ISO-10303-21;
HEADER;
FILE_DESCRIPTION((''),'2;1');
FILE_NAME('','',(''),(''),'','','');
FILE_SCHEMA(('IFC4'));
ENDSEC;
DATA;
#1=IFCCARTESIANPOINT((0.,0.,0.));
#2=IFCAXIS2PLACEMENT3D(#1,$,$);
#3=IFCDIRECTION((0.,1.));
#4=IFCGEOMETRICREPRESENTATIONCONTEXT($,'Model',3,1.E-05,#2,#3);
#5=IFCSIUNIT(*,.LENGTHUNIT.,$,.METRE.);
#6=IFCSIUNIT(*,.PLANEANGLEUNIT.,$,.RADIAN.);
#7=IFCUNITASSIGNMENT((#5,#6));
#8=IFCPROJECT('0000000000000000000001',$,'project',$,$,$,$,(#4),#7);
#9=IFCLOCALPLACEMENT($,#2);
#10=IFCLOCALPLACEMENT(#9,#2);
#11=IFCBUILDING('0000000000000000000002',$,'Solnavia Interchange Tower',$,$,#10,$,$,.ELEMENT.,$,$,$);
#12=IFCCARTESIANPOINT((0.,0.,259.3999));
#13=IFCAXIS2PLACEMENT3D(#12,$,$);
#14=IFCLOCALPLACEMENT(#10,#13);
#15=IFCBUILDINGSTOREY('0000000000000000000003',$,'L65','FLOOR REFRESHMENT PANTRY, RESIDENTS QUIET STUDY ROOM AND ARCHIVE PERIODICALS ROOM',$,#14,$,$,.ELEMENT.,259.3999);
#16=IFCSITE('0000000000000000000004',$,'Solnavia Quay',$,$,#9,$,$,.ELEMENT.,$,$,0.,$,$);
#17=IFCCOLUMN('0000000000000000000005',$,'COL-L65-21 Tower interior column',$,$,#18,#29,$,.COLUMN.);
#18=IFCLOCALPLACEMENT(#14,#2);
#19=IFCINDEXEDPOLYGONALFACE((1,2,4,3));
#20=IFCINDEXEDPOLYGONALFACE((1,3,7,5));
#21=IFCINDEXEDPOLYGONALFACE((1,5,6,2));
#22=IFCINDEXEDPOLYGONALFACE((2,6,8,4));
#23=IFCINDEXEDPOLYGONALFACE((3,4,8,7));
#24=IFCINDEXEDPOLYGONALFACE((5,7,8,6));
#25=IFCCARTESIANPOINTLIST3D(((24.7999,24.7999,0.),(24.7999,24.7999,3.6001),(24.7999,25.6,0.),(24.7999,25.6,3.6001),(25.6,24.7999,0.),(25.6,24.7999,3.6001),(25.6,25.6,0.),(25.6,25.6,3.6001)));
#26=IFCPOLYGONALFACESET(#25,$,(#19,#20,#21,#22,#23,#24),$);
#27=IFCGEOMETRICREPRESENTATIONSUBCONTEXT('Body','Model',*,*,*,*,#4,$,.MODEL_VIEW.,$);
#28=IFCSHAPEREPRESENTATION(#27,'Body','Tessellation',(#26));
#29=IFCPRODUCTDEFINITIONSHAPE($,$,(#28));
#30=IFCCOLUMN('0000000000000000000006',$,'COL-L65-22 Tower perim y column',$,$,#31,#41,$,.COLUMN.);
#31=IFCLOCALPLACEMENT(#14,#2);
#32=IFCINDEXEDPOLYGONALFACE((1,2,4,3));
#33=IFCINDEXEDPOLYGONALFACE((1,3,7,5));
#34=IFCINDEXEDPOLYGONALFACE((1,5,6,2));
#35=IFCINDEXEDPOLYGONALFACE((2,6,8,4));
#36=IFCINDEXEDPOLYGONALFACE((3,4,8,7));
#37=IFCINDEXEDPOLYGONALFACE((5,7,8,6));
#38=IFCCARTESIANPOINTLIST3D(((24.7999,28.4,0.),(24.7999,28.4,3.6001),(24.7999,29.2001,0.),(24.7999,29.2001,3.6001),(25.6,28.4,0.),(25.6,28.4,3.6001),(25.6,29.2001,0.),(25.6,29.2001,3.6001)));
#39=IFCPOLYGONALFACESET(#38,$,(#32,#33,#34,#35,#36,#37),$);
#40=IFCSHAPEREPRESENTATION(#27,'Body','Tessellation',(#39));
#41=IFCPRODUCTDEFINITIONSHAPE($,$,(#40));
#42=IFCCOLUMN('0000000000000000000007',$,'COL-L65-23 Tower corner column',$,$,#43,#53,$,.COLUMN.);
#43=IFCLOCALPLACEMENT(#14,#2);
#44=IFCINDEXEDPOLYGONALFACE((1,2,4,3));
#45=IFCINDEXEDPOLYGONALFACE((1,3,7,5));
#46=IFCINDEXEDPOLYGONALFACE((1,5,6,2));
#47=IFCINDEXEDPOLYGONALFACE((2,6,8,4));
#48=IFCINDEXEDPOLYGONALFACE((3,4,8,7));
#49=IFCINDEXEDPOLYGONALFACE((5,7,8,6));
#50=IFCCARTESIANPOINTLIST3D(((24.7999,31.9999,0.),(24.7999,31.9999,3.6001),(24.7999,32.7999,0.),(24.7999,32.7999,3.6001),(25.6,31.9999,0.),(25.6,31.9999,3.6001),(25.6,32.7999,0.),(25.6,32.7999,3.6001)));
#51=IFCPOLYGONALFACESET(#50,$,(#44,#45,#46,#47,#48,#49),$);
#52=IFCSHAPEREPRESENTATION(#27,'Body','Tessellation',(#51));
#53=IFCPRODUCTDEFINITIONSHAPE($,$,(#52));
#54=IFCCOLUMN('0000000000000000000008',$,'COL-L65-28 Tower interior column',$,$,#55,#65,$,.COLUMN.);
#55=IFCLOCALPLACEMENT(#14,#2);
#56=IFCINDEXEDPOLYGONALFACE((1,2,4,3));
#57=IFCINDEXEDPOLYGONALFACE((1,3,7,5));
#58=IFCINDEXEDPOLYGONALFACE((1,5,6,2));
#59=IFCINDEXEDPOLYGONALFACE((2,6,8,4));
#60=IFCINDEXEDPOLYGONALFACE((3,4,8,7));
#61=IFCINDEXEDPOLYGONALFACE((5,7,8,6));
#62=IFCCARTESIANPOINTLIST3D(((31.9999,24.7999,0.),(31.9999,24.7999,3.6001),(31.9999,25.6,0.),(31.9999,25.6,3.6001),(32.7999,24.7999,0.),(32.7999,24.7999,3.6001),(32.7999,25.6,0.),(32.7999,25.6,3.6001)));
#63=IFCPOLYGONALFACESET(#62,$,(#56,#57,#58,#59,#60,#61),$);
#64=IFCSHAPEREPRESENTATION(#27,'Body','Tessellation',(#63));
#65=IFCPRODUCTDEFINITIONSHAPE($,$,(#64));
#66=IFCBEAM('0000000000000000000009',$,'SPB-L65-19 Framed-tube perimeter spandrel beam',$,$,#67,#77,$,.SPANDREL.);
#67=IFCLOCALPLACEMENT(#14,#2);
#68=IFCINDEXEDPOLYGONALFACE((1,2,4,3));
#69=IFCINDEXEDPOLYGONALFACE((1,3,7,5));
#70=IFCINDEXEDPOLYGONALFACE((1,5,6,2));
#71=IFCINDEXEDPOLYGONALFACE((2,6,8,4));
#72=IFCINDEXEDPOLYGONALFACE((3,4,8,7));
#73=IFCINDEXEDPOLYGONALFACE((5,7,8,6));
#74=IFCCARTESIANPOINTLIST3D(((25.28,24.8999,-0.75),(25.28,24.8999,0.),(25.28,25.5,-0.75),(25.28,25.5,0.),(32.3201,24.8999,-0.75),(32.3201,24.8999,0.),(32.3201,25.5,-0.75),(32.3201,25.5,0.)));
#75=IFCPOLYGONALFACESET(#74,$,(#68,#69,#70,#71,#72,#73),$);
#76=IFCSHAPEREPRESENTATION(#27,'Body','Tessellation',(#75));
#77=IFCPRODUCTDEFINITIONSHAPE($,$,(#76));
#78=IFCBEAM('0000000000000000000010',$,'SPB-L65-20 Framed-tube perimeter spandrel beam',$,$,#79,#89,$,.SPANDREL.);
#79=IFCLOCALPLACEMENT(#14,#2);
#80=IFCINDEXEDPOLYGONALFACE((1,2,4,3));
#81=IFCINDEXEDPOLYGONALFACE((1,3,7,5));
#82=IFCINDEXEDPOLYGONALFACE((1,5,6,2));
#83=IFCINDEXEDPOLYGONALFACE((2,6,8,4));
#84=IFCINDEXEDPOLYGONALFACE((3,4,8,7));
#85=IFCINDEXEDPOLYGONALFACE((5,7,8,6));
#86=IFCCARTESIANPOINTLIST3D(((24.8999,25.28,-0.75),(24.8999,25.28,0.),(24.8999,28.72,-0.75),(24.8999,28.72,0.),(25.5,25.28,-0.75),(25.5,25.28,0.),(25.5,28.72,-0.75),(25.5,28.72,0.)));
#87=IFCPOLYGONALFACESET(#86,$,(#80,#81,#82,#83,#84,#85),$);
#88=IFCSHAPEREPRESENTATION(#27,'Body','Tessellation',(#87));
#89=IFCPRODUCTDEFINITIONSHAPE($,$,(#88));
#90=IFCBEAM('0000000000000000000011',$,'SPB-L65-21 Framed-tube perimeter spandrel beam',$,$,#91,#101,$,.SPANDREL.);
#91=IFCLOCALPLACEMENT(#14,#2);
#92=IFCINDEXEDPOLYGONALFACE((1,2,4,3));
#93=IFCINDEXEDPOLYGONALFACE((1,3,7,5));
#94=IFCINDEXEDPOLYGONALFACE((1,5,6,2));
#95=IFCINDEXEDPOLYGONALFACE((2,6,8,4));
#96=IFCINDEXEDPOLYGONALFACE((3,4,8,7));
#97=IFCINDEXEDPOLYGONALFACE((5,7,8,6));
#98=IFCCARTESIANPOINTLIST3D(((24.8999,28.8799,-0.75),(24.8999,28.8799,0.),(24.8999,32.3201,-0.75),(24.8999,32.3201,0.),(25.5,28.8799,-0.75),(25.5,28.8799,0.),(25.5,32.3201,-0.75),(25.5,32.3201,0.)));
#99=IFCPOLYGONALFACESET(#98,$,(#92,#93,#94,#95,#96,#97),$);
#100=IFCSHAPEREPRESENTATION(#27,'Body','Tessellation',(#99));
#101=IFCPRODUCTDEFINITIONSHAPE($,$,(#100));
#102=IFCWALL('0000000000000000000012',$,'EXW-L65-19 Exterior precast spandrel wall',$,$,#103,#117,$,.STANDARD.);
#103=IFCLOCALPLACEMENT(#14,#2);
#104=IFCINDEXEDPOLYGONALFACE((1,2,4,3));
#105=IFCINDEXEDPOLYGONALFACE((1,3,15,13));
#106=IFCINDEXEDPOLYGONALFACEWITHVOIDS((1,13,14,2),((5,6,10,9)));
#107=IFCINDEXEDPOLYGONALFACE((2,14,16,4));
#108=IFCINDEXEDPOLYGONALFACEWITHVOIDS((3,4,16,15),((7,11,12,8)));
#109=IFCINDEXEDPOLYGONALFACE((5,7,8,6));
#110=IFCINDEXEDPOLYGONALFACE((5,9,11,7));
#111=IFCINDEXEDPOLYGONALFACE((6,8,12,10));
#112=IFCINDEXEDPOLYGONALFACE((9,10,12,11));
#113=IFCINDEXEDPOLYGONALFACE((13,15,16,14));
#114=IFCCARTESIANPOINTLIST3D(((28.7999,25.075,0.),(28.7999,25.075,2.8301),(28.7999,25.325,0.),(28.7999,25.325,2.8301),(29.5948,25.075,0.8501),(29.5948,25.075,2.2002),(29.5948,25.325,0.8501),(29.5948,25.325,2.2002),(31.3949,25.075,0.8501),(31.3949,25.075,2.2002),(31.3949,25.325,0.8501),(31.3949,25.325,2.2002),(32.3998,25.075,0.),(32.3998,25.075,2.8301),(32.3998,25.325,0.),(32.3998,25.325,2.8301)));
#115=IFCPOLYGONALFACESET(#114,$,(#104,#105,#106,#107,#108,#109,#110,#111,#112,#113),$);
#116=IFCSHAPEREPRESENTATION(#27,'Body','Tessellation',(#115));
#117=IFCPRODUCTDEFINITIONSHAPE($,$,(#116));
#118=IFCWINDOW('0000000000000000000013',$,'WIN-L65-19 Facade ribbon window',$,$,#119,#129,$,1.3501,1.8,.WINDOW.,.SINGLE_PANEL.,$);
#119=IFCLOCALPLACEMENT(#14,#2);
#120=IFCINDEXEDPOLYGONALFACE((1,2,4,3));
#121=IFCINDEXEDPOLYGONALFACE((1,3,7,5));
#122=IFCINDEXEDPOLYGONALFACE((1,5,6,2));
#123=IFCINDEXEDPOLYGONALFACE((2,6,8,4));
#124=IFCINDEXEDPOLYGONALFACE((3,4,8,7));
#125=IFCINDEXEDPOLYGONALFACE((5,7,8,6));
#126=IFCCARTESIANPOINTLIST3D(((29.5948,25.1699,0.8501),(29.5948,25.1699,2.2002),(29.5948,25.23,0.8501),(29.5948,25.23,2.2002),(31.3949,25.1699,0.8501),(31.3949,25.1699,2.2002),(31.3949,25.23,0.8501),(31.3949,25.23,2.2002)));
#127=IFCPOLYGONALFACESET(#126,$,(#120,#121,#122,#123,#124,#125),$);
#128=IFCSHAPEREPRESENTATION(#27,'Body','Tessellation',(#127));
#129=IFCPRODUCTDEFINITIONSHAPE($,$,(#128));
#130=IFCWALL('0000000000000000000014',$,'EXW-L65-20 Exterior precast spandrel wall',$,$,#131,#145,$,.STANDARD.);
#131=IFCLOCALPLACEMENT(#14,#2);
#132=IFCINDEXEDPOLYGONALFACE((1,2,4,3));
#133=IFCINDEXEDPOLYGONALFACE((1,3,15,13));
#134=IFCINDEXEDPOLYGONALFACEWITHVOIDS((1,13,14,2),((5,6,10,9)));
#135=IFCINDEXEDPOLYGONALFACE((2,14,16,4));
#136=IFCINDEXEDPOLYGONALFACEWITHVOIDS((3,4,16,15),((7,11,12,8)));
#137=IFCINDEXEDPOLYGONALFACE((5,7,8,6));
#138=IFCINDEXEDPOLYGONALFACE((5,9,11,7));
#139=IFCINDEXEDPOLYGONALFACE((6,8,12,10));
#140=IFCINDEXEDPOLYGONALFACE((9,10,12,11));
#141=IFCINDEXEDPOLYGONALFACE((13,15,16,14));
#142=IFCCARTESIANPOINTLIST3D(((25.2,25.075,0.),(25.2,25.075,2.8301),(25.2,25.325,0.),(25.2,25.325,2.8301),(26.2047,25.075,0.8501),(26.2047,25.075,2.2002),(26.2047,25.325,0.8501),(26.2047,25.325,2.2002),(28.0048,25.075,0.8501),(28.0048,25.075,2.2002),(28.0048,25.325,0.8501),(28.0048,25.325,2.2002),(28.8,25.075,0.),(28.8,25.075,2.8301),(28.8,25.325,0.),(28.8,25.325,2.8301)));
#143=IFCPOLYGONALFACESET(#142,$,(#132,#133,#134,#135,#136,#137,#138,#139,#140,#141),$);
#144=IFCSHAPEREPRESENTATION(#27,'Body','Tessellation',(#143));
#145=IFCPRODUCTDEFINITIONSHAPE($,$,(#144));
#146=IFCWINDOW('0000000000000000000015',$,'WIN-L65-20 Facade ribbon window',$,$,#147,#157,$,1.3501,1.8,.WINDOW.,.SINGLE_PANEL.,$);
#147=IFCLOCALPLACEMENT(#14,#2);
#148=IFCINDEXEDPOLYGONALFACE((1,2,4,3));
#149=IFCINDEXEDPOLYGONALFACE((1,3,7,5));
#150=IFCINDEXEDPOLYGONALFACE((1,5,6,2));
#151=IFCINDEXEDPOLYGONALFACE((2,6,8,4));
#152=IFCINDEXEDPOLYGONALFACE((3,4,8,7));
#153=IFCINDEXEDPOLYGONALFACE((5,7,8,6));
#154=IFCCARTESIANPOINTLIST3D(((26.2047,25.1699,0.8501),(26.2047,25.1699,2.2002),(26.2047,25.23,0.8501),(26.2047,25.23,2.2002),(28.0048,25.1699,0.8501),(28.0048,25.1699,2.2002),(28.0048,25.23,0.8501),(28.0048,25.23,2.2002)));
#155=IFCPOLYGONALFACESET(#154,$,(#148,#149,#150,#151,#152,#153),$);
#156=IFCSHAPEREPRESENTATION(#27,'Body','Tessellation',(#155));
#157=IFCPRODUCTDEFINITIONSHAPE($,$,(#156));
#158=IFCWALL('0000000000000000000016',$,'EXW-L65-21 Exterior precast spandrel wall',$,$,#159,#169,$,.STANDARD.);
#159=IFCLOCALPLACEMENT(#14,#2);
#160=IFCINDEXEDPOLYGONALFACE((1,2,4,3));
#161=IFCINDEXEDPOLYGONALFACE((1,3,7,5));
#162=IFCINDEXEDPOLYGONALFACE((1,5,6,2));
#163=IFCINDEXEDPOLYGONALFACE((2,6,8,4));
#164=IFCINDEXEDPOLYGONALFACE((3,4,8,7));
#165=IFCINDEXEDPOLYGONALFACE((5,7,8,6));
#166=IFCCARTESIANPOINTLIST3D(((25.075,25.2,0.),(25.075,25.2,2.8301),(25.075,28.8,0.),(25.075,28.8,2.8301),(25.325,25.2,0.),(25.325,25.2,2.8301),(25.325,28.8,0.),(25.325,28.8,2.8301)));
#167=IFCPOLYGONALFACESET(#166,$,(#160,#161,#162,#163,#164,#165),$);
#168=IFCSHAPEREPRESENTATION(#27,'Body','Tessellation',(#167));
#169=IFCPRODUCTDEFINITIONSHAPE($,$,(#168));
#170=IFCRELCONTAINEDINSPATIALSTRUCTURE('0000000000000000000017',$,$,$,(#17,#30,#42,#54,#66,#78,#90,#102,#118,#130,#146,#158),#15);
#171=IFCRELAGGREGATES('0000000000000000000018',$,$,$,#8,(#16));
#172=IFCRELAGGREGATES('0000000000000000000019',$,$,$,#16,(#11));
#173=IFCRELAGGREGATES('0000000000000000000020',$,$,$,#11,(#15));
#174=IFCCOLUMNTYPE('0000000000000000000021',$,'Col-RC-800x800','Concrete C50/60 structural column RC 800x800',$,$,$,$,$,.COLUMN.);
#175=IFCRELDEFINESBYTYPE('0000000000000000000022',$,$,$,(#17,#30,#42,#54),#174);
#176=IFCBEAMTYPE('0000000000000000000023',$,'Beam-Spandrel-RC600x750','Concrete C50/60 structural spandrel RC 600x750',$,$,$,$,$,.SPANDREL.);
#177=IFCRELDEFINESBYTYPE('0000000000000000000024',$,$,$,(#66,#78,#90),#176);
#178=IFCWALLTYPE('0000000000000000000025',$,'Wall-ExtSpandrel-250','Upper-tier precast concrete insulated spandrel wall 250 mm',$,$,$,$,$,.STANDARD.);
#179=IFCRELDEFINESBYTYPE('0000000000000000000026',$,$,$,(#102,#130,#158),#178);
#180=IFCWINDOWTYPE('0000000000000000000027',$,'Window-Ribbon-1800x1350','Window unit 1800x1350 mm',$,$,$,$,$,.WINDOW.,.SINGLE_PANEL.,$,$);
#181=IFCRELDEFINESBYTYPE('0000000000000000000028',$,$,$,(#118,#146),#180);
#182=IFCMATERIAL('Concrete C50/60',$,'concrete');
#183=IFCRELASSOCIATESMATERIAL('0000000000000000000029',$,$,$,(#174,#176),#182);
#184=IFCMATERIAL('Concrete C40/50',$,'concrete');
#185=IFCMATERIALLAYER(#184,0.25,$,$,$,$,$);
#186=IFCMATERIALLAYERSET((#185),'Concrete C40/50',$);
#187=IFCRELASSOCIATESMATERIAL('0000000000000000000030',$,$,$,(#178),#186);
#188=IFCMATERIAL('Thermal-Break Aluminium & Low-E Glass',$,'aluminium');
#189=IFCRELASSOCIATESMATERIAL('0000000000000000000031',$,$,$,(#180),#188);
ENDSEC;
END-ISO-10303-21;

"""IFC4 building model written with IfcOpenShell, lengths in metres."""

from ifc_helpers import new_model, si_unit, direction, frame, frame_2d, origin, origin_2d, place, context, subcontext, project, spatial, rectangle, extrude, material, layer, layer_set, material_profile, profile_set, type_object, element, fill, save


model = new_model("IFC4")

# Units and contexts
model_context = context("Model", 3, precision=1e-05, world=origin(), true_north=direction((0.0, 1.0)))
body_context = subcontext(model_context, "Body", "Model", "MODEL_VIEW")
ifc_project = project(units=[si_unit("LENGTHUNIT", "METRE"), si_unit("PLANEANGLEUNIT", "RADIAN")], contexts=[model_context])

# Site, building, storey
site_placement = place(None, origin())
site = spatial("IfcSite", under=ifc_project, at=site_placement, Name="Solnavia Quay", CompositionType="ELEMENT", RefElevation=0.0)
building_placement = place(site_placement, origin())
building = spatial("IfcBuilding", under=site, at=building_placement, Name="Solnavia Interchange Tower", CompositionType="ELEMENT")
storey_placement = place(building_placement, frame((0.0, 0.0, 259.3999)))
storey = spatial("IfcBuildingStorey", under=building, at=storey_placement, Name="L65", Description="FLOOR REFRESHMENT PANTRY, RESIDENTS QUIET STUDY ROOM AND ARCHIVE PERIODICALS ROOM", CompositionType="ELEMENT", Elevation=259.3999)

# Columns
ifc_material_1 = material(Name="Concrete C50/60", Category="concrete")
ifc_material_profile_1 = material_profile(ifc_material_1, rectangle(XDim=0.8, YDim=0.8, at=origin_2d()), Name="RC 800x800")
ifc_profile_set_1 = profile_set([ifc_material_profile_1], Name="Concrete C50/60")
column_type = type_object("IfcColumnType", Name="Col-RC-800x800", Description="Concrete C50/60 structural column RC 800x800", PredefinedType="COLUMN", material=ifc_profile_set_1)
for number, where, z_axis, x_axis, name in (
    (1, (25.2, 25.2, 0.0), (0.0, 0.0, 1.0), (1.0, 0.0, 0.0), "COL-L65-21 Tower interior column"),
    (2, (25.2, 28.8, 0.0), (0.0, 0.0, 1.0), (0.0, 1.0, 0.0), "COL-L65-22 Tower perim y column"),
    (3, (25.2, 32.3999, 0.0), (0.0, 0.0, 1.0), (0.0, 1.0, 0.0), "COL-L65-23 Tower corner column"),
    (4, (32.3999, 25.2, 0.0), (0.0, 0.0, 1.0), (1.0, 0.0, 0.0), "COL-L65-28 Tower interior column"),
):
    element("IfcColumn", number, at=place(storey_placement, frame(where, z_axis=z_axis, x_axis=x_axis)), inside=storey, type_object=column_type, Name=name, PredefinedType="COLUMN", context=body_context, shape_type="SweptSolid", body=[
        extrude(rectangle(XDim=0.8, YDim=0.8, at=origin_2d()), origin(), (0.0, 0.0, 1.0), 3.6001),
    ])

# Beams
ifc_material_profile_2 = material_profile(ifc_material_1, rectangle(XDim=0.6001, YDim=0.75, at=origin_2d()), Name="RC 600x750")
ifc_profile_set_2 = profile_set([ifc_material_profile_2], Name="Concrete C50/60")
beam_type = type_object("IfcBeamType", Name="Beam-Spandrel-RC600x750", Description="Concrete C50/60 structural spandrel RC 600x750", PredefinedType="SPANDREL", material=ifc_profile_set_2)
beam_1_placement = place(storey_placement, frame((32.3201, 25.2, -0.375), z_axis=(-1.0, 0.0, 0.0), x_axis=(0.0, -1.0, 0.0)))
element("IfcBeam", 5, at=beam_1_placement, inside=storey, type_object=beam_type, Name="SPB-L65-19 Framed-tube perimeter spandrel beam", PredefinedType="SPANDREL", context=body_context, shape_type="SweptSolid", body=[
    extrude(rectangle(XDim=0.6001, YDim=0.75, at=origin_2d()), origin(), (0.0, 0.0, 1.0), 7.04),
])
beam_2_placement = place(storey_placement, frame((25.2, 25.28, -0.375), z_axis=(0.0, 1.0, 0.0), x_axis=(-1.0, 0.0, 0.0)))
element("IfcBeam", 6, at=beam_2_placement, inside=storey, type_object=beam_type, Name="SPB-L65-20 Framed-tube perimeter spandrel beam", PredefinedType="SPANDREL", context=body_context, shape_type="SweptSolid", body=[
    extrude(rectangle(XDim=0.6001, YDim=0.75, at=origin_2d()), origin(), (0.0, 0.0, 1.0), 3.4399),
])
beam_3_placement = place(storey_placement, frame((25.2, 28.8799, -0.375), z_axis=(0.0, 1.0, 0.0), x_axis=(-1.0, 0.0, 0.0)))
element("IfcBeam", 7, at=beam_3_placement, inside=storey, type_object=beam_type, Name="SPB-L65-21 Framed-tube perimeter spandrel beam", PredefinedType="SPANDREL", context=body_context, shape_type="SweptSolid", body=[
    extrude(rectangle(XDim=0.6001, YDim=0.75, at=origin_2d()), origin(), (0.0, 0.0, 1.0), 3.4402),
])

# Walls, openings, windows
ifc_material_2 = material(Name="Concrete C40/50", Category="concrete")
ifc_layer_1 = layer(ifc_material_2, 0.25)
ifc_layer_set_1 = layer_set([ifc_layer_1], Name="Concrete C40/50")
wall_type = type_object("IfcWallType", Name="Wall-ExtSpandrel-250", Description="Upper-tier precast concrete insulated spandrel wall 250 mm", PredefinedType="STANDARD", material=ifc_layer_set_1)
wall_1_placement = place(storey_placement, frame((28.8, 25.2, 0.0), z_axis=(0.0, 0.0, 1.0), x_axis=(1.0, 0.0, 0.0)))
wall_1 = element("IfcWall", 8, at=wall_1_placement, inside=storey, type_object=wall_type, Name="EXW-L65-19 Exterior precast spandrel wall", PredefinedType="STANDARD", context=body_context, shape_type="SweptSolid", body=[
    extrude(rectangle(XDim=3.5999, YDim=0.25, at=frame_2d((1.7998, 0.0))), origin(), (0.0, 0.0, 1.0), 2.8301),
])
opening_1_placement = place(wall_1_placement, frame((0.7949, 0.0, 0.8501)))
opening_1 = element("IfcOpeningElement", 9, at=opening_1_placement, cuts=wall_1, PredefinedType="OPENING", context=body_context, shape_type="SweptSolid", body=[
    extrude(rectangle(XDim=1.8, YDim=1.3501, at=frame_2d((0.8999, 0.675))), frame((0.0, 0.135, 0.0), z_axis=(0.0, -1.0, 0.0), x_axis=(1.0, 0.0, 0.0)), (0.0, 0.0, 1.0), 0.27),
])
ifc_material_3 = material(Name="Thermal-Break Aluminium & Low-E Glass", Category="aluminium")
window_type = type_object("IfcWindowType", Name="Window-Ribbon-1800x1350", Description="Window unit 1800x1350 mm", PartitioningType="SINGLE_PANEL", PredefinedType="WINDOW", material=ifc_material_3)
window_1_placement = place(opening_1_placement, origin())
window_1 = element("IfcWindow", 10, at=window_1_placement, inside=storey, type_object=window_type, Name="WIN-L65-19 Facade ribbon window", OverallHeight=1.3501, OverallWidth=1.8, PartitioningType="SINGLE_PANEL", PredefinedType="WINDOW", context=body_context, shape_type="SweptSolid", body=[
    extrude(rectangle(XDim=1.8, YDim=1.3501, at=frame_2d((0.8999, 0.675))), frame((0.0, 0.03, 0.0), z_axis=(0.0, -1.0, 0.0), x_axis=(1.0, 0.0, 0.0)), (0.0, 0.0, 1.0), 0.0601),
])
fill(opening_1, window_1)
wall_2_placement = place(storey_placement, frame((25.2, 25.2, 0.0), z_axis=(0.0, 0.0, 1.0), x_axis=(1.0, 0.0, 0.0)))
wall_2 = element("IfcWall", 11, at=wall_2_placement, inside=storey, type_object=wall_type, Name="EXW-L65-20 Exterior precast spandrel wall", PredefinedType="STANDARD", context=body_context, shape_type="SweptSolid", body=[
    extrude(rectangle(XDim=3.6001, YDim=0.25, at=frame_2d((1.8, 0.0))), origin(), (0.0, 0.0, 1.0), 2.8301),
])
opening_2_placement = place(wall_2_placement, frame((1.0049, 0.0, 0.8501)))
opening_2 = element("IfcOpeningElement", 12, at=opening_2_placement, cuts=wall_2, PredefinedType="OPENING", context=body_context, shape_type="SweptSolid", body=[
    extrude(rectangle(XDim=1.8, YDim=1.3501, at=frame_2d((0.8999, 0.675))), frame((0.0, 0.135, 0.0), z_axis=(0.0, -1.0, 0.0), x_axis=(1.0, 0.0, 0.0)), (0.0, 0.0, 1.0), 0.27),
])
window_2_placement = place(opening_2_placement, origin())
window_2 = element("IfcWindow", 13, at=window_2_placement, inside=storey, type_object=window_type, Name="WIN-L65-20 Facade ribbon window", OverallHeight=1.3501, OverallWidth=1.8, PartitioningType="SINGLE_PANEL", PredefinedType="WINDOW", context=body_context, shape_type="SweptSolid", body=[
    extrude(rectangle(XDim=1.8, YDim=1.3501, at=frame_2d((0.8999, 0.675))), frame((0.0, 0.03, 0.0), z_axis=(0.0, -1.0, 0.0), x_axis=(1.0, 0.0, 0.0)), (0.0, 0.0, 1.0), 0.0601),
])
fill(opening_2, window_2)

# Wall
wall_3_placement = place(storey_placement, frame((25.2, 28.8, 0.0), z_axis=(0.0, 0.0, 1.0), x_axis=(0.0, -1.0, 0.0)))
element("IfcWall", 14, at=wall_3_placement, inside=storey, type_object=wall_type, Name="EXW-L65-21 Exterior precast spandrel wall", PredefinedType="STANDARD", context=body_context, shape_type="SweptSolid", body=[
    extrude(rectangle(XDim=3.6001, YDim=0.25, at=frame_2d((1.8, 0.0))), origin(), (0.0, 0.0, 1.0), 2.8301),
])

save(model, "model.ifc")
